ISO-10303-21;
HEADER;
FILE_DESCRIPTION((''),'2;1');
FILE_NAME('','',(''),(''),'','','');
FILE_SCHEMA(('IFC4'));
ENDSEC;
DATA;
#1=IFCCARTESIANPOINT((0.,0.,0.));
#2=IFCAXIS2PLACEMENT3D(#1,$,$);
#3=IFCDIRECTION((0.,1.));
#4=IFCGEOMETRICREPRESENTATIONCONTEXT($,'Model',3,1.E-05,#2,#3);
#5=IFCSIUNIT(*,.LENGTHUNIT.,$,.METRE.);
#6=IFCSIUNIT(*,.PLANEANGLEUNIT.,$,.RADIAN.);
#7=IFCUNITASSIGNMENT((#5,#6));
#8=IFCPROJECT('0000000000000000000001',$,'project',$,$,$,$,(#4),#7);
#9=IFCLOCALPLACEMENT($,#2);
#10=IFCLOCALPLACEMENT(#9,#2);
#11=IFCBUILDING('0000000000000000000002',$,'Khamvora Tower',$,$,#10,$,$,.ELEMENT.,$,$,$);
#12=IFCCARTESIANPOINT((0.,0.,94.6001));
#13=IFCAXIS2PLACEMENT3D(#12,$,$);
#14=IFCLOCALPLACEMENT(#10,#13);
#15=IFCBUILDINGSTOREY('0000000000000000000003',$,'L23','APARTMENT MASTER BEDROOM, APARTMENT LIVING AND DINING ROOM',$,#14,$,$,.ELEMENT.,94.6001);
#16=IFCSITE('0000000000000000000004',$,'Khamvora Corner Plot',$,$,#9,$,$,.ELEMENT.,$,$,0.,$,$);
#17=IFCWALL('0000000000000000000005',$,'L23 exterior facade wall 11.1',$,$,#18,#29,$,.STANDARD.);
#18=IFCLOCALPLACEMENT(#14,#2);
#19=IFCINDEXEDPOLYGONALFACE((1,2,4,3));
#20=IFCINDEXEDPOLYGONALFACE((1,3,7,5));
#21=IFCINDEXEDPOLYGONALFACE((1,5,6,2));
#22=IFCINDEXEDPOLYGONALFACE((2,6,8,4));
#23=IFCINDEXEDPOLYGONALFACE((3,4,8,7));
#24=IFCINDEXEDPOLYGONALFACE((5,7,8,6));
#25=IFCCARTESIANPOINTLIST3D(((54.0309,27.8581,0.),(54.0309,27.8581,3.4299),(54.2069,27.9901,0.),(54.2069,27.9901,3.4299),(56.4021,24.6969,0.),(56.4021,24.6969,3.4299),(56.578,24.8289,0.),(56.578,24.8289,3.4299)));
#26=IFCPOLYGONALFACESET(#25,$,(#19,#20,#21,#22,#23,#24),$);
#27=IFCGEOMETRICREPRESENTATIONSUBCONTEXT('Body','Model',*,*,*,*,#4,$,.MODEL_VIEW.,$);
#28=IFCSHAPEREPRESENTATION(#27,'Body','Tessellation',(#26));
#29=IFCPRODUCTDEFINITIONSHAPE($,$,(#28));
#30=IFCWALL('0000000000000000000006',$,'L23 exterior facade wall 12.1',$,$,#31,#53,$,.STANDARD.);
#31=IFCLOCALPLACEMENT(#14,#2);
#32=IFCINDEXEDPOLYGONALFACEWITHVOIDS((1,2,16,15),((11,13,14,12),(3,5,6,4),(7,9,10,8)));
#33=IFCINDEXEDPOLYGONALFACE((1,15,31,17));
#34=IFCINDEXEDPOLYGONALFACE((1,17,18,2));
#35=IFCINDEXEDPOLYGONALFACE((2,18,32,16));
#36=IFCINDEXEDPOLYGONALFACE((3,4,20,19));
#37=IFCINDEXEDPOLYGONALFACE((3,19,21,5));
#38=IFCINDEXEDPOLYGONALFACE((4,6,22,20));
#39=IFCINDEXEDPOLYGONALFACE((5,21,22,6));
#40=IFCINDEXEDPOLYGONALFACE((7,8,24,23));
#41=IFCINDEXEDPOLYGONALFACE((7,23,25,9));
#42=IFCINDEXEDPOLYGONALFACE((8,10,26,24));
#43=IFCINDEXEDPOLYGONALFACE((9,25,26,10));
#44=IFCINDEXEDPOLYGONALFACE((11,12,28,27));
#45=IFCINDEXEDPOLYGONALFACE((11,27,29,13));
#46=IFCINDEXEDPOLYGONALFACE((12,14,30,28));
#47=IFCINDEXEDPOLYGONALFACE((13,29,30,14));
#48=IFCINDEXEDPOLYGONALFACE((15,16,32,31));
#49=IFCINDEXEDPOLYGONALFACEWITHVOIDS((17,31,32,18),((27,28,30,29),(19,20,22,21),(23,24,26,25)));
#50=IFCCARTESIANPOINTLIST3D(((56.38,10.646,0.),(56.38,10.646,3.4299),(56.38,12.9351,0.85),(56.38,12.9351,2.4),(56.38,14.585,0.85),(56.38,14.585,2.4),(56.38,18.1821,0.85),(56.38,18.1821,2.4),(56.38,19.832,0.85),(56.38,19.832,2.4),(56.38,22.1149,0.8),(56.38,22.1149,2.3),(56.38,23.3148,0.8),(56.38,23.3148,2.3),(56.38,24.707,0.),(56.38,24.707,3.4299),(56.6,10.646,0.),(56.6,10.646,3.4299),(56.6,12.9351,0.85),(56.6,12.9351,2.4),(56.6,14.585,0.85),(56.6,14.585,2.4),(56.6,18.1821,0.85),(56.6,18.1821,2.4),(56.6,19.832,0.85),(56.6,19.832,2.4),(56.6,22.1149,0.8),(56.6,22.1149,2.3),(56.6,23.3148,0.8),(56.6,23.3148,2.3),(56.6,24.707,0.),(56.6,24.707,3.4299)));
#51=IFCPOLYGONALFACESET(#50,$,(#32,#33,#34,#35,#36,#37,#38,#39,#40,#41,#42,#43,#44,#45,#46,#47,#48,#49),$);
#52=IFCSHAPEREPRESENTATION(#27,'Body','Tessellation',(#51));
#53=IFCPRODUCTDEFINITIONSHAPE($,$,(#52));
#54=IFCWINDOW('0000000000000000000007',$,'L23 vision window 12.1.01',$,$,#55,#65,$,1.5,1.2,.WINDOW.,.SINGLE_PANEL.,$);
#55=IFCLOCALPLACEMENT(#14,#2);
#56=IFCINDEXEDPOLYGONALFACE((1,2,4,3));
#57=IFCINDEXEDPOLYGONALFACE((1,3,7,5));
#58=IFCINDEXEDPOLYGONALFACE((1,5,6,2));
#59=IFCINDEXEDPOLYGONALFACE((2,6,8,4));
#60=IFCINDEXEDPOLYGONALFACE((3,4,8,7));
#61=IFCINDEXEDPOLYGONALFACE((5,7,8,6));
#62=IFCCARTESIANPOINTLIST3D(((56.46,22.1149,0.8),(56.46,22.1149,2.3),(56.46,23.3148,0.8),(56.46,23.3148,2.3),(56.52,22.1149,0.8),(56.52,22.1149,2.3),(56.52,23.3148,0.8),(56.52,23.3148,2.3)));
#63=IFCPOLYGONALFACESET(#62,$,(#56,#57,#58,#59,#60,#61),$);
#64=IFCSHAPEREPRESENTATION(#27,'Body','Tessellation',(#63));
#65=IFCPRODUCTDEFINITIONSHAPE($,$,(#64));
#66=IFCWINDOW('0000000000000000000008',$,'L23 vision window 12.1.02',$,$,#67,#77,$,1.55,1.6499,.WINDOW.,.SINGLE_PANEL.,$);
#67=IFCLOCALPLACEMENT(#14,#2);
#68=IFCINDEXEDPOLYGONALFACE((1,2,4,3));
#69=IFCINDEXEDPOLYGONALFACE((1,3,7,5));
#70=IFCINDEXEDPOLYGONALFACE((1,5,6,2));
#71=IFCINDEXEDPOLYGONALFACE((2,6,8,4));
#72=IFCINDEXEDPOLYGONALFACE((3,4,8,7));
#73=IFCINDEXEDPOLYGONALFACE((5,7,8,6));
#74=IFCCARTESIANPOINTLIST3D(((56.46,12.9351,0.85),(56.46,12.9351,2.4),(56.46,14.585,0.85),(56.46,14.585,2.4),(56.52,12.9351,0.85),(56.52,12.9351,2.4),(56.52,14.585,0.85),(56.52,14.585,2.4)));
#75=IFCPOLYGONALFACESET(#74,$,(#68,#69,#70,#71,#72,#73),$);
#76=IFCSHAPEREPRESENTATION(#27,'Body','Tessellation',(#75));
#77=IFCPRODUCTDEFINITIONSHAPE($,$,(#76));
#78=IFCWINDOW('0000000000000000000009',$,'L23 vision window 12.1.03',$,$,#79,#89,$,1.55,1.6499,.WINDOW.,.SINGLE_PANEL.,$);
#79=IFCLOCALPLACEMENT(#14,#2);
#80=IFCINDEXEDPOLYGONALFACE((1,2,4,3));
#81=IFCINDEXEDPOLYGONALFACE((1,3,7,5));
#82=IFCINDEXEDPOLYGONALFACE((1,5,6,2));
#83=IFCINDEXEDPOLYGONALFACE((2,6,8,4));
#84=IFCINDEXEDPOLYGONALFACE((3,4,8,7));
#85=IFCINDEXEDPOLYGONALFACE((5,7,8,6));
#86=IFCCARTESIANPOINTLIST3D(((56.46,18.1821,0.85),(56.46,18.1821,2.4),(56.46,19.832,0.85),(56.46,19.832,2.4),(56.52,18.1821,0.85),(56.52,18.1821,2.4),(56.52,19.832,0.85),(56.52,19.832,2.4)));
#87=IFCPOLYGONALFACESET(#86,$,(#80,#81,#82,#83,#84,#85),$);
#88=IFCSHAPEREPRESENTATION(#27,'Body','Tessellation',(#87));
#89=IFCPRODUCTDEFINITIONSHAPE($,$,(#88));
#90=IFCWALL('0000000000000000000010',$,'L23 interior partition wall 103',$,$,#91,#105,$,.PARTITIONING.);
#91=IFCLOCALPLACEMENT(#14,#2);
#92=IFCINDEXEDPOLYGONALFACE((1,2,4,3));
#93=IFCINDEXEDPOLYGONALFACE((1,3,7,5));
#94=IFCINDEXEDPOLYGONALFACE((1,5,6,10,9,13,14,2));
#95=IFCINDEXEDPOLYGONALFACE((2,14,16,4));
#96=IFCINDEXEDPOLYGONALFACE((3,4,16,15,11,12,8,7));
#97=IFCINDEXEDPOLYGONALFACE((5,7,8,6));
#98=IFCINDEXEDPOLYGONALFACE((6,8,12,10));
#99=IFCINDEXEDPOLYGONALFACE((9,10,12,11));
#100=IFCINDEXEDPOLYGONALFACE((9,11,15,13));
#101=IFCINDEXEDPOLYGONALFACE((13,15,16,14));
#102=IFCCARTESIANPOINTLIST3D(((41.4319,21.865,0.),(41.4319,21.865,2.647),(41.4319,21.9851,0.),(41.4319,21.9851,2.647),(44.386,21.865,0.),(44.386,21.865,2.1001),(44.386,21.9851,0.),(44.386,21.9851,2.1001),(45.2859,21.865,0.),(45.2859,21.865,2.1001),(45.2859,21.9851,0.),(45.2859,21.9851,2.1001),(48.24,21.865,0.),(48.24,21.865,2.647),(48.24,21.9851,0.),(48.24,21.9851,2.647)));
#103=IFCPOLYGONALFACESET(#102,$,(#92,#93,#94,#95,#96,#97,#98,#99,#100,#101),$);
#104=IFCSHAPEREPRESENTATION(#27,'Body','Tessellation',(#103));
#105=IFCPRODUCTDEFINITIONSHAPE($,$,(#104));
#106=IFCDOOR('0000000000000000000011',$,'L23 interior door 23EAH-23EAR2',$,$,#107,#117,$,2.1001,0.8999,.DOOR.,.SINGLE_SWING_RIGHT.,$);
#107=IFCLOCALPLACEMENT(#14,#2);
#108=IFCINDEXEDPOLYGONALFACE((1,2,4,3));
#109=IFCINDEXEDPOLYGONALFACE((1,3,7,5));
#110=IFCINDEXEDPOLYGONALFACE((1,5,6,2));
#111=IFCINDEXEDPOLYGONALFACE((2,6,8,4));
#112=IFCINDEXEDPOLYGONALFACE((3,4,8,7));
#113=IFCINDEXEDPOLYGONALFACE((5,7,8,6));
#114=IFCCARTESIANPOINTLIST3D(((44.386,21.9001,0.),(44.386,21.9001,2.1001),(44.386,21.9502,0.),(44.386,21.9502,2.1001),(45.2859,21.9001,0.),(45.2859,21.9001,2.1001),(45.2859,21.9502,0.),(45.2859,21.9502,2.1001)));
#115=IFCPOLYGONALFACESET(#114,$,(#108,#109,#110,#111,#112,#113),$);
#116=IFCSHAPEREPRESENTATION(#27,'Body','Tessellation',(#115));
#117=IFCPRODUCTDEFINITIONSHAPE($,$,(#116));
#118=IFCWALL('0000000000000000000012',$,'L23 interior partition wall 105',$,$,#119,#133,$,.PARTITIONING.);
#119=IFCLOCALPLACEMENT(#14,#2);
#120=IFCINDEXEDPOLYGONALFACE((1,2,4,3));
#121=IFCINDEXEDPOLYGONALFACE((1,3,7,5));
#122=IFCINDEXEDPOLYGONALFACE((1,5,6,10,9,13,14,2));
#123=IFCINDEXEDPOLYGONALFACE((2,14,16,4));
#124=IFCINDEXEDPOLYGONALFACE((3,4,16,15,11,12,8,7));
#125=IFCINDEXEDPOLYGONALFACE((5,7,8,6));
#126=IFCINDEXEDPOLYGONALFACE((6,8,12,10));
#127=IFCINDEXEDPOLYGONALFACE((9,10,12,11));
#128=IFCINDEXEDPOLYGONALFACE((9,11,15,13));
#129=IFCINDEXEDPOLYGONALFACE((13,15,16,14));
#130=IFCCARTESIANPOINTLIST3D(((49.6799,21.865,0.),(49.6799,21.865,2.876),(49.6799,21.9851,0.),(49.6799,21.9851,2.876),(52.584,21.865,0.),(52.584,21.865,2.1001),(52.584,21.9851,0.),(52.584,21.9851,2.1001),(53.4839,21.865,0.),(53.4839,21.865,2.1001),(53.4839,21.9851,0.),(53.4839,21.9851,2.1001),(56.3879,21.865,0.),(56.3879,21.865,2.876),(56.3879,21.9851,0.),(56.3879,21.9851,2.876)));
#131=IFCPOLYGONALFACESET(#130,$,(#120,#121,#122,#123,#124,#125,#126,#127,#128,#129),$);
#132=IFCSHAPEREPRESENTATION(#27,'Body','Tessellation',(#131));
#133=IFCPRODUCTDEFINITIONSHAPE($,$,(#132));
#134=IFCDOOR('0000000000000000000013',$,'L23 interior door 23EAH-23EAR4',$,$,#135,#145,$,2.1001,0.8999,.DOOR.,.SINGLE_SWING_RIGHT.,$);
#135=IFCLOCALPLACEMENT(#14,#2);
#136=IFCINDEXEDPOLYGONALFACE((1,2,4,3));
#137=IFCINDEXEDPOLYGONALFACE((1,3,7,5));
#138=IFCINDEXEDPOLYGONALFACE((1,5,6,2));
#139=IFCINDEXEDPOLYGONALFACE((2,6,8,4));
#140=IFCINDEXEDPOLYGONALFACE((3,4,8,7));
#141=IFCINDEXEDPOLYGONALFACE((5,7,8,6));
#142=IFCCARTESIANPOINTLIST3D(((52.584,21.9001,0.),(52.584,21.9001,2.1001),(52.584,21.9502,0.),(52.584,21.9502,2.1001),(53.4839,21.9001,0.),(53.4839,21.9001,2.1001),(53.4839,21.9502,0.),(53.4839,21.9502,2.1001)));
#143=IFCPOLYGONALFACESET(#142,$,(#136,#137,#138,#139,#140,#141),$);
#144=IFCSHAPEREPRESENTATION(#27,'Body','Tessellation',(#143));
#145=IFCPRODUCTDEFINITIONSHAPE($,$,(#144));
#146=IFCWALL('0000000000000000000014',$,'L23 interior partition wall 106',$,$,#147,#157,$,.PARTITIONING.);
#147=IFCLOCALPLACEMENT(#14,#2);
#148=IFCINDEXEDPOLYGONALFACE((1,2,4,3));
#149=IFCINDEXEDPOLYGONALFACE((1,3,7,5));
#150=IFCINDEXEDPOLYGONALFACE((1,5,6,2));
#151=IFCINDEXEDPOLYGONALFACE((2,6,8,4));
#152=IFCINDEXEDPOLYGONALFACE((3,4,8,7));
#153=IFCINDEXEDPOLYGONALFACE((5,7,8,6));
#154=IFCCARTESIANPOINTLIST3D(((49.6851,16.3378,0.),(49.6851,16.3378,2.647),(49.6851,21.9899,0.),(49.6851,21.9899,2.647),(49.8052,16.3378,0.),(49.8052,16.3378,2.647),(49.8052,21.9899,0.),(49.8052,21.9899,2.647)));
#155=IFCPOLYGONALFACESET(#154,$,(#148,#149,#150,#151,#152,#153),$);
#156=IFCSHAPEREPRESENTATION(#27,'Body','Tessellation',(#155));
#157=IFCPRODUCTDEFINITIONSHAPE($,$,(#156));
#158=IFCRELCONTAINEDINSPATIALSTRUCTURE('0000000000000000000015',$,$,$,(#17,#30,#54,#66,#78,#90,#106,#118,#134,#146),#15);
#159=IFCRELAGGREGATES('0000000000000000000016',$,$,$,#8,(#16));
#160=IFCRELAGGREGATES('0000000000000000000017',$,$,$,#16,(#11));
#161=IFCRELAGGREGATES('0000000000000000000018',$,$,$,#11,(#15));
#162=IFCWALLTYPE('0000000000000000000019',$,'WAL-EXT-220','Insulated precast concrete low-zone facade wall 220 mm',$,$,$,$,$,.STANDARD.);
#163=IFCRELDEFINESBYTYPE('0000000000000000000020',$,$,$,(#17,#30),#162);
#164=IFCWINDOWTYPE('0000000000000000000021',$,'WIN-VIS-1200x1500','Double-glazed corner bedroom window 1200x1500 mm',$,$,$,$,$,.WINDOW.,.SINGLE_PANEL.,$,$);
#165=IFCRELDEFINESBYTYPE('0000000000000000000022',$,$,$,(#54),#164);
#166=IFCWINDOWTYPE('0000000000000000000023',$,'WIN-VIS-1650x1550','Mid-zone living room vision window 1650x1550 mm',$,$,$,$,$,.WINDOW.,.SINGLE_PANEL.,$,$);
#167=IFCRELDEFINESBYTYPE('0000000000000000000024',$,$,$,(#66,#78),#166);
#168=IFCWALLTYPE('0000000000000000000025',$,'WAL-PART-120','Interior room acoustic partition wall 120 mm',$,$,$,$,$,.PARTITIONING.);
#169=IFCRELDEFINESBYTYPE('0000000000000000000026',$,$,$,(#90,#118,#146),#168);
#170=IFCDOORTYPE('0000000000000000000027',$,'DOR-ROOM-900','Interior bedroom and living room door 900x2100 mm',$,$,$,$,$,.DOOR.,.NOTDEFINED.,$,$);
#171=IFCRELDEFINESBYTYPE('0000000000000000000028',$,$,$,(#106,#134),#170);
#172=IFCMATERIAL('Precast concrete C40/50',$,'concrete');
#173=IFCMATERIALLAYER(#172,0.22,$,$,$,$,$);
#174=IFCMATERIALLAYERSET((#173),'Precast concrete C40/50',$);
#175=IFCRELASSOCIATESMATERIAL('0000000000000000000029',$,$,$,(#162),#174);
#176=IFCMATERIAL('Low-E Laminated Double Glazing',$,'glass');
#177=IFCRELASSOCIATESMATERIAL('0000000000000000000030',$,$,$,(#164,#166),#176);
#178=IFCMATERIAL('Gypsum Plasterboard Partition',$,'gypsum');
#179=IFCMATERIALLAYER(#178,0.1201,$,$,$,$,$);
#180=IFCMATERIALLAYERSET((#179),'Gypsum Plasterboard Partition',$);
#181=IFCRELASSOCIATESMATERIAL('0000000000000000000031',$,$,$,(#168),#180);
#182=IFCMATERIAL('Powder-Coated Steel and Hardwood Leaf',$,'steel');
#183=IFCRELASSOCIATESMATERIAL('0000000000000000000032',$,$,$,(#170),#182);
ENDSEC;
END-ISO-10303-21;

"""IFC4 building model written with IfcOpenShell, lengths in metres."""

from ifc_helpers import new_model, si_unit, direction, frame, frame_2d, origin, place, context, subcontext, project, spatial, rectangle, extrude, material, layer, layer_set, type_object, element, fill, save


model = new_model("IFC4")

# Units and contexts
model_context = context("Model", 3, precision=1e-05, world=origin(), true_north=direction((0.0, 1.0)))
body_context = subcontext(model_context, "Body", "Model", "MODEL_VIEW")
ifc_project = project(units=[si_unit("LENGTHUNIT", "METRE"), si_unit("PLANEANGLEUNIT", "RADIAN")], contexts=[model_context])

# Site, building, storey
site_placement = place(None, origin())
site = spatial("IfcSite", under=ifc_project, at=site_placement, Name="Khamvora Corner Plot", CompositionType="ELEMENT", RefElevation=0.0)
building_placement = place(site_placement, origin())
building = spatial("IfcBuilding", under=site, at=building_placement, Name="Khamvora Tower", CompositionType="ELEMENT")
storey_placement = place(building_placement, frame((0.0, 0.0, 94.6001)))
storey = spatial("IfcBuildingStorey", under=building, at=storey_placement, Name="L23", Description="APARTMENT MASTER BEDROOM, APARTMENT LIVING AND DINING ROOM", CompositionType="ELEMENT", Elevation=94.6001)

# Shared definitions
ifc_material_1 = material(Name="Powder-Coated Steel and Hardwood Leaf", Category="steel")

# Wall
ifc_material_2 = material(Name="Precast concrete C40/50", Category="concrete")
ifc_layer_1 = layer(ifc_material_2, 0.22)
ifc_layer_set_1 = layer_set([ifc_layer_1], Name="Precast concrete C40/50")
wall_type_1 = type_object("IfcWallType", Name="WAL-EXT-220", Description="Insulated precast concrete low-zone facade wall 220 mm", PredefinedType="STANDARD", material=ifc_layer_set_1)
wall_1_placement = place(storey_placement, frame((54.1189, 27.9241, 0.0), z_axis=(0.0, 0.0, 1.0), x_axis=(0.60004, -0.79997, 0.0)))
element("IfcWall", 1, at=wall_1_placement, inside=storey, type_object=wall_type_1, Name="L23 exterior facade wall 11.1", PredefinedType="STANDARD", context=body_context, shape_type="SweptSolid", body=[
    extrude(rectangle(XDim=3.9517, YDim=0.22, at=frame_2d((1.9758, 0.0))), origin(), (0.0, 0.0, 1.0), 3.4299),
])

# Wall, openings, windows
wall_2_placement = place(storey_placement, frame((56.49, 24.707, 0.0), z_axis=(0.0, 0.0, 1.0), x_axis=(0.0, -1.0, 0.0)))
wall_2 = element("IfcWall", 2, at=wall_2_placement, inside=storey, type_object=wall_type_1, Name="L23 exterior facade wall 12.1", PredefinedType="STANDARD", context=body_context, shape_type="SweptSolid", body=[
    extrude(rectangle(XDim=14.061, YDim=0.22, at=frame_2d((7.0305, 0.0))), origin(), (0.0, 0.0, 1.0), 3.4299),
])
opening_1_placement = place(wall_2_placement, frame((1.3921, 0.0, 0.8)))
opening_1 = element("IfcOpeningElement", 3, at=opening_1_placement, cuts=wall_2, PredefinedType="OPENING", context=body_context, shape_type="SweptSolid", body=[
    extrude(rectangle(XDim=1.2, YDim=1.5, at=frame_2d((0.6001, 0.75))), frame((0.0, 0.1199, 0.0), z_axis=(0.0, -1.0, 0.0), x_axis=(1.0, 0.0, 0.0)), (0.0, 0.0, 1.0), 0.24),
])
opening_2_placement = place(wall_2_placement, frame((10.1221, 0.0, 0.8501)))
opening_2 = element("IfcOpeningElement", 4, at=opening_2_placement, cuts=wall_2, PredefinedType="OPENING", context=body_context, shape_type="SweptSolid", body=[
    extrude(rectangle(XDim=1.6499, YDim=1.55, at=frame_2d((0.825, 0.7749))), frame((0.0, 0.1199, 0.0), z_axis=(0.0, -1.0, 0.0), x_axis=(1.0, 0.0, 0.0)), (0.0, 0.0, 1.0), 0.24),
])
opening_3_placement = place(wall_2_placement, frame((4.875, 0.0, 0.8501)))
opening_3 = element("IfcOpeningElement", 5, at=opening_3_placement, cuts=wall_2, PredefinedType="OPENING", context=body_context, shape_type="SweptSolid", body=[
    extrude(rectangle(XDim=1.6499, YDim=1.55, at=frame_2d((0.825, 0.7749))), frame((0.0, 0.1199, 0.0), z_axis=(0.0, -1.0, 0.0), x_axis=(1.0, 0.0, 0.0)), (0.0, 0.0, 1.0), 0.24),
])
ifc_material_3 = material(Name="Low-E Laminated Double Glazing", Category="glass")
window_type_1 = type_object("IfcWindowType", Name="WIN-VIS-1200x1500", Description="Double-glazed corner bedroom window 1200x1500 mm", PartitioningType="SINGLE_PANEL", PredefinedType="WINDOW", material=ifc_material_3)
window_1_placement = place(opening_1_placement, origin())
window_1 = element("IfcWindow", 6, at=window_1_placement, inside=storey, type_object=window_type_1, Name="L23 vision window 12.1.01", OverallHeight=1.5, OverallWidth=1.2, PartitioningType="SINGLE_PANEL", PredefinedType="WINDOW", context=body_context, shape_type="SweptSolid", body=[
    extrude(rectangle(XDim=1.2, YDim=1.5, at=frame_2d((0.6001, 0.75))), frame((0.0, 0.03, 0.0), z_axis=(0.0, -1.0, 0.0), x_axis=(1.0, 0.0, 0.0)), (0.0, 0.0, 1.0), 0.0601),
])
fill(opening_1, window_1)
window_type_2 = type_object("IfcWindowType", Name="WIN-VIS-1650x1550", Description="Mid-zone living room vision window 1650x1550 mm", PartitioningType="SINGLE_PANEL", PredefinedType="WINDOW", material=ifc_material_3)
window_2_placement = place(opening_2_placement, origin())
window_2 = element("IfcWindow", 7, at=window_2_placement, inside=storey, type_object=window_type_2, Name="L23 vision window 12.1.02", OverallHeight=1.55, OverallWidth=1.6499, PartitioningType="SINGLE_PANEL", PredefinedType="WINDOW", context=body_context, shape_type="SweptSolid", body=[
    extrude(rectangle(XDim=1.6499, YDim=1.55, at=frame_2d((0.825, 0.7749))), frame((0.0, 0.03, 0.0), z_axis=(0.0, -1.0, 0.0), x_axis=(1.0, 0.0, 0.0)), (0.0, 0.0, 1.0), 0.0601),
])
fill(opening_2, window_2)
window_3_placement = place(opening_3_placement, origin())
window_3 = element("IfcWindow", 8, at=window_3_placement, inside=storey, type_object=window_type_2, Name="L23 vision window 12.1.03", OverallHeight=1.55, OverallWidth=1.6499, PartitioningType="SINGLE_PANEL", PredefinedType="WINDOW", context=body_context, shape_type="SweptSolid", body=[
    extrude(rectangle(XDim=1.6499, YDim=1.55, at=frame_2d((0.825, 0.7749))), frame((0.0, 0.03, 0.0), z_axis=(0.0, -1.0, 0.0), x_axis=(1.0, 0.0, 0.0)), (0.0, 0.0, 1.0), 0.0601),
])
fill(opening_3, window_3)

# Walls, openings, doors
ifc_material_4 = material(Name="Gypsum Plasterboard Partition", Category="gypsum")
ifc_layer_2 = layer(ifc_material_4, 0.1201)
ifc_layer_set_2 = layer_set([ifc_layer_2], Name="Gypsum Plasterboard Partition")
wall_type_2 = type_object("IfcWallType", Name="WAL-PART-120", Description="Interior room acoustic partition wall 120 mm", PredefinedType="PARTITIONING", material=ifc_layer_set_2)
wall_3_placement = place(storey_placement, frame((48.24, 21.925, 0.0), z_axis=(0.0, 0.0, 1.0), x_axis=(-1.0, 0.0, 0.0)))
wall_3 = element("IfcWall", 9, at=wall_3_placement, inside=storey, type_object=wall_type_2, Name="L23 interior partition wall 103", PredefinedType="PARTITIONING", context=body_context, shape_type="SweptSolid", body=[
    extrude(rectangle(XDim=6.8081, YDim=0.1201, at=frame_2d((3.4041, 0.0))), origin(), (0.0, 0.0, 1.0), 2.647),
])
opening_4_placement = place(wall_3_placement, frame((2.9541, 0.0, 0.0)))
opening_4 = element("IfcOpeningElement", 10, at=opening_4_placement, cuts=wall_3, PredefinedType="OPENING", context=body_context, shape_type="SweptSolid", body=[
    extrude(rectangle(XDim=0.8999, YDim=2.1001, at=frame_2d((0.45, 1.05))), frame((0.0, 0.0701, 0.0), z_axis=(0.0, -1.0, 0.0), x_axis=(1.0, 0.0, 0.0)), (0.0, 0.0, 1.0), 0.1401),
])
door_type_1 = type_object("IfcDoorType", Name="DOR-ROOM-900", Description="Interior bedroom and living room door 900x2100 mm", OperationType="NOTDEFINED", PredefinedType="DOOR", material=ifc_material_1)
door_1_placement = place(opening_4_placement, origin())
door_1 = element("IfcDoor", 11, at=door_1_placement, inside=storey, type_object=door_type_1, Name="L23 interior door 23EAH-23EAR2", OperationType="SINGLE_SWING_RIGHT", OverallHeight=2.1001, OverallWidth=0.8999, PredefinedType="DOOR", context=body_context, shape_type="SweptSolid", body=[
    extrude(rectangle(XDim=0.8999, YDim=2.1001, at=frame_2d((0.45, 1.05))), frame((0.0, 0.0249, 0.0), z_axis=(0.0, -1.0, 0.0), x_axis=(1.0, 0.0, 0.0)), (0.0, 0.0, 1.0), 0.05),
])
fill(opening_4, door_1)
wall_4_placement = place(storey_placement, frame((56.3879, 21.925, 0.0), z_axis=(0.0, 0.0, 1.0), x_axis=(-1.0, 0.0, 0.0)))
wall_4 = element("IfcWall", 12, at=wall_4_placement, inside=storey, type_object=wall_type_2, Name="L23 interior partition wall 105", PredefinedType="PARTITIONING", context=body_context, shape_type="SweptSolid", body=[
    extrude(rectangle(XDim=6.708, YDim=0.1201, at=frame_2d((3.354, 0.0))), origin(), (0.0, 0.0, 1.0), 2.876),
])
opening_5_placement = place(wall_4_placement, frame((2.9041, 0.0, 0.0)))
opening_5 = element("IfcOpeningElement", 13, at=opening_5_placement, cuts=wall_4, PredefinedType="OPENING", context=body_context, shape_type="SweptSolid", body=[
    extrude(rectangle(XDim=0.8999, YDim=2.1001, at=frame_2d((0.45, 1.05))), frame((0.0, 0.0701, 0.0), z_axis=(0.0, -1.0, 0.0), x_axis=(1.0, 0.0, 0.0)), (0.0, 0.0, 1.0), 0.1401),
])
door_2_placement = place(opening_5_placement, origin())
door_2 = element("IfcDoor", 14, at=door_2_placement, inside=storey, type_object=door_type_1, Name="L23 interior door 23EAH-23EAR4", OperationType="SINGLE_SWING_RIGHT", OverallHeight=2.1001, OverallWidth=0.8999, PredefinedType="DOOR", context=body_context, shape_type="SweptSolid", body=[
    extrude(rectangle(XDim=0.8999, YDim=2.1001, at=frame_2d((0.45, 1.05))), frame((0.0, 0.0249, 0.0), z_axis=(0.0, -1.0, 0.0), x_axis=(1.0, 0.0, 0.0)), (0.0, 0.0, 1.0), 0.05),
])
fill(opening_5, door_2)

# Wall
wall_5_placement = place(storey_placement, frame((49.7451, 21.99, 0.0), z_axis=(0.0, 0.0, 1.0), x_axis=(0.0, -1.0, 0.0)))
element("IfcWall", 15, at=wall_5_placement, inside=storey, type_object=wall_type_2, Name="L23 interior partition wall 106", PredefinedType="PARTITIONING", context=body_context, shape_type="SweptSolid", body=[
    extrude(rectangle(XDim=5.6521, YDim=0.1201, at=frame_2d((2.8262, 0.0))), origin(), (0.0, 0.0, 1.0), 2.647),
])

save(model, "model.ifc")
